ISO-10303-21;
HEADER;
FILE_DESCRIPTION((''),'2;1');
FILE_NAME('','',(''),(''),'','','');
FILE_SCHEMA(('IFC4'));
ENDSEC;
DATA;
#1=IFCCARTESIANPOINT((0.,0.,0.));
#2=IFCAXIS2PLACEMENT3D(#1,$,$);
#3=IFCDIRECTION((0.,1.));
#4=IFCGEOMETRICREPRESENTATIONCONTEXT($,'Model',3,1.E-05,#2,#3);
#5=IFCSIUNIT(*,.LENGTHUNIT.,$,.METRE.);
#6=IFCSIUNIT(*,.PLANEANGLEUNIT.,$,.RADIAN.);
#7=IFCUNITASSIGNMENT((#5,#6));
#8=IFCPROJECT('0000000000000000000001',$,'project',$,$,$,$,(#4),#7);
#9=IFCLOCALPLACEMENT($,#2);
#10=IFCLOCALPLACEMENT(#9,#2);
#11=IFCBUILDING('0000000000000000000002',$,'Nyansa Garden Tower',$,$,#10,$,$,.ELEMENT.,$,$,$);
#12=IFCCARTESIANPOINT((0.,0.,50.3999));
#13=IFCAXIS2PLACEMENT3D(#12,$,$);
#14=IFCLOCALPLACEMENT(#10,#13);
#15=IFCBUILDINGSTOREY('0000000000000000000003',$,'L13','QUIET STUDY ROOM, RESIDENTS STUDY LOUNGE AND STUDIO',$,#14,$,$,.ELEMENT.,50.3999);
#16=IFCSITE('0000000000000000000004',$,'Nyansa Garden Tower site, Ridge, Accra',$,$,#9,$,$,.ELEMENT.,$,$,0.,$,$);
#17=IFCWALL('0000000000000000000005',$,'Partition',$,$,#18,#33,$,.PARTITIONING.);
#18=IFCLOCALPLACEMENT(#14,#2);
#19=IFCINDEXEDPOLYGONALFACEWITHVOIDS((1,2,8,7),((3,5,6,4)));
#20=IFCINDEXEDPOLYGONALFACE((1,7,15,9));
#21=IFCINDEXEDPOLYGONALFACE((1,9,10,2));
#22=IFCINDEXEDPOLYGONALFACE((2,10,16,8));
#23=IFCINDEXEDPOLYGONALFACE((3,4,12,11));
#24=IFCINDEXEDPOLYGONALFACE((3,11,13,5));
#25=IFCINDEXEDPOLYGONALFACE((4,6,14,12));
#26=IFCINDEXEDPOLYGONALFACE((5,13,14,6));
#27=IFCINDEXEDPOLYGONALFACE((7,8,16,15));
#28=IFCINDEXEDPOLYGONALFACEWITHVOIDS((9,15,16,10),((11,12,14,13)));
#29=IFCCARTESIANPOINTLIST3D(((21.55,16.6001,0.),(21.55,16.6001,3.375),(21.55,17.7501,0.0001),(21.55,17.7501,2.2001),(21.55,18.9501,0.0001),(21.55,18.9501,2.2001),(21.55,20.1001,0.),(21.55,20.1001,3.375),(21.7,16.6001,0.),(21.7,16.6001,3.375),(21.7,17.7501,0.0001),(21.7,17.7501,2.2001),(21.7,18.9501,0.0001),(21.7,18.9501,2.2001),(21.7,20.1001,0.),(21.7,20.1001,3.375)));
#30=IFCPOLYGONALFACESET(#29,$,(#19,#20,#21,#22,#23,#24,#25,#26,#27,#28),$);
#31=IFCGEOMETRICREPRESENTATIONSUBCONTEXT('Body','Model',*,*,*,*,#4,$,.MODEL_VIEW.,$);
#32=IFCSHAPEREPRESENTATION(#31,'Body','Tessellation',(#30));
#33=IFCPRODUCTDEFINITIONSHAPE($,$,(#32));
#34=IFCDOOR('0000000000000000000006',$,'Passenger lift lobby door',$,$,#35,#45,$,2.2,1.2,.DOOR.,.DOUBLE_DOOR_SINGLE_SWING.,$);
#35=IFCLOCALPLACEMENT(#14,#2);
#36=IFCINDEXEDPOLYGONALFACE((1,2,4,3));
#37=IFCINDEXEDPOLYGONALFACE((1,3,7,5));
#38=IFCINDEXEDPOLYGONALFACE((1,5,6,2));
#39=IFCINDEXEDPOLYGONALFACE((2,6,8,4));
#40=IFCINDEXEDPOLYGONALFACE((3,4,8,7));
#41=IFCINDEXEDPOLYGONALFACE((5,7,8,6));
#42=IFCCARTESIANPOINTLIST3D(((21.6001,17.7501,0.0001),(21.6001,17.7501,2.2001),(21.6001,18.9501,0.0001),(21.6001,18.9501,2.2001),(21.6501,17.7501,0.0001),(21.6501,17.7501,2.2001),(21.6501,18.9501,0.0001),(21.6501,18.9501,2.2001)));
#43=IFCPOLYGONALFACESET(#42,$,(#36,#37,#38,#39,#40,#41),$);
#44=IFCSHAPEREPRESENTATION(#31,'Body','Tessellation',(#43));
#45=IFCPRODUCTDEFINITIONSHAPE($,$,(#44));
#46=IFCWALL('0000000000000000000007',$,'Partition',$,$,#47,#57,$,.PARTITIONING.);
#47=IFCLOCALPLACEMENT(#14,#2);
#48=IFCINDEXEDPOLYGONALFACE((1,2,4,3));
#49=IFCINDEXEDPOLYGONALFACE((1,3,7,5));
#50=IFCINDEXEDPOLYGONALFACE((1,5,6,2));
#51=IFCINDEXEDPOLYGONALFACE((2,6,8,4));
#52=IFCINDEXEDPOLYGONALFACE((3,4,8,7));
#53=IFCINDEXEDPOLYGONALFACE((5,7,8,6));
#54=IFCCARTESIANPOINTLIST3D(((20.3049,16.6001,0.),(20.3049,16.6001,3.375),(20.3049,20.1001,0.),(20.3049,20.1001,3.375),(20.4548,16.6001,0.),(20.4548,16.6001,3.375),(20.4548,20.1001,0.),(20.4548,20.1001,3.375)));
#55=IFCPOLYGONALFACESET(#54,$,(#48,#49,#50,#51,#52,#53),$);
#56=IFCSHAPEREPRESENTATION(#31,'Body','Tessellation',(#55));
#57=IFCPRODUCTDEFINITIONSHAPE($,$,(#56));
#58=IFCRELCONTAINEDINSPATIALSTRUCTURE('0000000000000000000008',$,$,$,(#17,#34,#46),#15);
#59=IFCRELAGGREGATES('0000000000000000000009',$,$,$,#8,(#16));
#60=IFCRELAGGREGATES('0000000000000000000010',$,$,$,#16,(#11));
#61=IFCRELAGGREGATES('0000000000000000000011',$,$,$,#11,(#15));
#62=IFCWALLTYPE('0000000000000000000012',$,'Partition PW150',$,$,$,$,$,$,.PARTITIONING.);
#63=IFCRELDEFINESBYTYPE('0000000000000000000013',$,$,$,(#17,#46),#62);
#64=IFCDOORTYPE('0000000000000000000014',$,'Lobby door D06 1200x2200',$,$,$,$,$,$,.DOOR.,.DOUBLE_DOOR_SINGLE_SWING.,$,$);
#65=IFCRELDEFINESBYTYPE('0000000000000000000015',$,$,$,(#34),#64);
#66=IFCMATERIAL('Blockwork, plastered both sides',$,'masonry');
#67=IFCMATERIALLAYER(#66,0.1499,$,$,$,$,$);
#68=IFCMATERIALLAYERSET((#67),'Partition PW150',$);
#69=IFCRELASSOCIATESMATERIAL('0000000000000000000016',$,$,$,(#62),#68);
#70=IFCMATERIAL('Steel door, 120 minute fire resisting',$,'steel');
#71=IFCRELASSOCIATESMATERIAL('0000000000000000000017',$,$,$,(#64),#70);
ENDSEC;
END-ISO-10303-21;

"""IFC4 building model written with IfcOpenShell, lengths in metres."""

from ifc_helpers import new_model, si_unit, direction, frame, frame_2d, origin, place, context, subcontext, project, spatial, rectangle, extrude, material, layer, layer_set, type_object, element, fill, save


model = new_model("IFC4")

# Units and contexts
model_context = context("Model", 3, precision=1e-05, world=origin(), true_north=direction((0.0, 1.0)))
body_context = subcontext(model_context, "Body", "Model", "MODEL_VIEW")
ifc_project = project(units=[si_unit("LENGTHUNIT", "METRE"), si_unit("PLANEANGLEUNIT", "RADIAN")], contexts=[model_context])

# Site, building, storey
site_placement = place(None, origin())
site = spatial("IfcSite", under=ifc_project, at=site_placement, Name="Nyansa Garden Tower site, Ridge, Accra", CompositionType="ELEMENT", RefElevation=0.0)
building_placement = place(site_placement, origin())
building = spatial("IfcBuilding", under=site, at=building_placement, Name="Nyansa Garden Tower", CompositionType="ELEMENT")
storey_placement = place(building_placement, frame((0.0, 0.0, 50.3999)))
storey = spatial("IfcBuildingStorey", under=building, at=storey_placement, Name="L13", Description="QUIET STUDY ROOM, RESIDENTS STUDY LOUNGE AND STUDIO", CompositionType="ELEMENT", Elevation=50.3999)

# Wall, opening, door
ifc_material_1 = material(Name="Blockwork, plastered both sides", Category="masonry")
ifc_layer_1 = layer(ifc_material_1, 0.1499)
ifc_layer_set_1 = layer_set([ifc_layer_1], Name="Partition PW150")
wall_type_1 = type_object("IfcWallType", Name="Partition PW150", PredefinedType="PARTITIONING", material=ifc_layer_set_1)
wall_1_placement = place(storey_placement, frame((21.625, 16.6001, 0.0), z_axis=(0.0, 0.0, 1.0), x_axis=(0.0, 1.0, 0.0)))
wall_1 = element("IfcWall", 1, at=wall_1_placement, inside=storey, type_object=wall_type_1, Name="Partition", PredefinedType="PARTITIONING", context=body_context, shape_type="SweptSolid", body=[
    extrude(rectangle(XDim=3.5, YDim=0.1499, at=frame_2d((1.75, 0.0))), origin(), (0.0, 0.0, 1.0), 3.375),
])
opening_placement = place(wall_1_placement, frame((1.1499, 0.0, 0.0)))
opening = element("IfcOpeningElement", 2, at=opening_placement, cuts=wall_1, PredefinedType="OPENING", context=body_context, shape_type="SweptSolid", body=[
    extrude(rectangle(XDim=1.2, YDim=2.2, at=frame_2d((0.6001, 1.1001))), frame((0.0, 0.085, 0.0), z_axis=(0.0, -1.0, 0.0), x_axis=(1.0, 0.0, 0.0)), (0.0, 0.0, 1.0), 0.1699),
])
ifc_material_2 = material(Name="Steel door, 120 minute fire resisting", Category="steel")
door_type = type_object("IfcDoorType", Name="Lobby door D06 1200x2200", OperationType="DOUBLE_DOOR_SINGLE_SWING", PredefinedType="DOOR", material=ifc_material_2)
door_placement = place(opening_placement, origin())
door = element("IfcDoor", 3, at=door_placement, inside=storey, type_object=door_type, Name="Passenger lift lobby door", OperationType="DOUBLE_DOOR_SINGLE_SWING", OverallHeight=2.2, OverallWidth=1.2, PredefinedType="DOOR", context=body_context, shape_type="SweptSolid", body=[
    extrude(rectangle(XDim=1.2, YDim=2.2, at=frame_2d((0.6001, 1.1001))), frame((0.0, 0.0249, 0.0), z_axis=(0.0, -1.0, 0.0), x_axis=(1.0, 0.0, 0.0)), (0.0, 0.0, 1.0), 0.05),
])
fill(opening, door)

# Wall
wall_2_placement = place(storey_placement, frame((20.3799, 16.6001, 0.0), z_axis=(0.0, 0.0, 1.0), x_axis=(0.0, 1.0, 0.0)))
element("IfcWall", 4, at=wall_2_placement, inside=storey, type_object=wall_type_1, Name="Partition", PredefinedType="PARTITIONING", context=body_context, shape_type="SweptSolid", body=[
    extrude(rectangle(XDim=3.5, YDim=0.1499, at=frame_2d((1.75, 0.0))), origin(), (0.0, 0.0, 1.0), 3.375),
])

save(model, "model.ifc")
